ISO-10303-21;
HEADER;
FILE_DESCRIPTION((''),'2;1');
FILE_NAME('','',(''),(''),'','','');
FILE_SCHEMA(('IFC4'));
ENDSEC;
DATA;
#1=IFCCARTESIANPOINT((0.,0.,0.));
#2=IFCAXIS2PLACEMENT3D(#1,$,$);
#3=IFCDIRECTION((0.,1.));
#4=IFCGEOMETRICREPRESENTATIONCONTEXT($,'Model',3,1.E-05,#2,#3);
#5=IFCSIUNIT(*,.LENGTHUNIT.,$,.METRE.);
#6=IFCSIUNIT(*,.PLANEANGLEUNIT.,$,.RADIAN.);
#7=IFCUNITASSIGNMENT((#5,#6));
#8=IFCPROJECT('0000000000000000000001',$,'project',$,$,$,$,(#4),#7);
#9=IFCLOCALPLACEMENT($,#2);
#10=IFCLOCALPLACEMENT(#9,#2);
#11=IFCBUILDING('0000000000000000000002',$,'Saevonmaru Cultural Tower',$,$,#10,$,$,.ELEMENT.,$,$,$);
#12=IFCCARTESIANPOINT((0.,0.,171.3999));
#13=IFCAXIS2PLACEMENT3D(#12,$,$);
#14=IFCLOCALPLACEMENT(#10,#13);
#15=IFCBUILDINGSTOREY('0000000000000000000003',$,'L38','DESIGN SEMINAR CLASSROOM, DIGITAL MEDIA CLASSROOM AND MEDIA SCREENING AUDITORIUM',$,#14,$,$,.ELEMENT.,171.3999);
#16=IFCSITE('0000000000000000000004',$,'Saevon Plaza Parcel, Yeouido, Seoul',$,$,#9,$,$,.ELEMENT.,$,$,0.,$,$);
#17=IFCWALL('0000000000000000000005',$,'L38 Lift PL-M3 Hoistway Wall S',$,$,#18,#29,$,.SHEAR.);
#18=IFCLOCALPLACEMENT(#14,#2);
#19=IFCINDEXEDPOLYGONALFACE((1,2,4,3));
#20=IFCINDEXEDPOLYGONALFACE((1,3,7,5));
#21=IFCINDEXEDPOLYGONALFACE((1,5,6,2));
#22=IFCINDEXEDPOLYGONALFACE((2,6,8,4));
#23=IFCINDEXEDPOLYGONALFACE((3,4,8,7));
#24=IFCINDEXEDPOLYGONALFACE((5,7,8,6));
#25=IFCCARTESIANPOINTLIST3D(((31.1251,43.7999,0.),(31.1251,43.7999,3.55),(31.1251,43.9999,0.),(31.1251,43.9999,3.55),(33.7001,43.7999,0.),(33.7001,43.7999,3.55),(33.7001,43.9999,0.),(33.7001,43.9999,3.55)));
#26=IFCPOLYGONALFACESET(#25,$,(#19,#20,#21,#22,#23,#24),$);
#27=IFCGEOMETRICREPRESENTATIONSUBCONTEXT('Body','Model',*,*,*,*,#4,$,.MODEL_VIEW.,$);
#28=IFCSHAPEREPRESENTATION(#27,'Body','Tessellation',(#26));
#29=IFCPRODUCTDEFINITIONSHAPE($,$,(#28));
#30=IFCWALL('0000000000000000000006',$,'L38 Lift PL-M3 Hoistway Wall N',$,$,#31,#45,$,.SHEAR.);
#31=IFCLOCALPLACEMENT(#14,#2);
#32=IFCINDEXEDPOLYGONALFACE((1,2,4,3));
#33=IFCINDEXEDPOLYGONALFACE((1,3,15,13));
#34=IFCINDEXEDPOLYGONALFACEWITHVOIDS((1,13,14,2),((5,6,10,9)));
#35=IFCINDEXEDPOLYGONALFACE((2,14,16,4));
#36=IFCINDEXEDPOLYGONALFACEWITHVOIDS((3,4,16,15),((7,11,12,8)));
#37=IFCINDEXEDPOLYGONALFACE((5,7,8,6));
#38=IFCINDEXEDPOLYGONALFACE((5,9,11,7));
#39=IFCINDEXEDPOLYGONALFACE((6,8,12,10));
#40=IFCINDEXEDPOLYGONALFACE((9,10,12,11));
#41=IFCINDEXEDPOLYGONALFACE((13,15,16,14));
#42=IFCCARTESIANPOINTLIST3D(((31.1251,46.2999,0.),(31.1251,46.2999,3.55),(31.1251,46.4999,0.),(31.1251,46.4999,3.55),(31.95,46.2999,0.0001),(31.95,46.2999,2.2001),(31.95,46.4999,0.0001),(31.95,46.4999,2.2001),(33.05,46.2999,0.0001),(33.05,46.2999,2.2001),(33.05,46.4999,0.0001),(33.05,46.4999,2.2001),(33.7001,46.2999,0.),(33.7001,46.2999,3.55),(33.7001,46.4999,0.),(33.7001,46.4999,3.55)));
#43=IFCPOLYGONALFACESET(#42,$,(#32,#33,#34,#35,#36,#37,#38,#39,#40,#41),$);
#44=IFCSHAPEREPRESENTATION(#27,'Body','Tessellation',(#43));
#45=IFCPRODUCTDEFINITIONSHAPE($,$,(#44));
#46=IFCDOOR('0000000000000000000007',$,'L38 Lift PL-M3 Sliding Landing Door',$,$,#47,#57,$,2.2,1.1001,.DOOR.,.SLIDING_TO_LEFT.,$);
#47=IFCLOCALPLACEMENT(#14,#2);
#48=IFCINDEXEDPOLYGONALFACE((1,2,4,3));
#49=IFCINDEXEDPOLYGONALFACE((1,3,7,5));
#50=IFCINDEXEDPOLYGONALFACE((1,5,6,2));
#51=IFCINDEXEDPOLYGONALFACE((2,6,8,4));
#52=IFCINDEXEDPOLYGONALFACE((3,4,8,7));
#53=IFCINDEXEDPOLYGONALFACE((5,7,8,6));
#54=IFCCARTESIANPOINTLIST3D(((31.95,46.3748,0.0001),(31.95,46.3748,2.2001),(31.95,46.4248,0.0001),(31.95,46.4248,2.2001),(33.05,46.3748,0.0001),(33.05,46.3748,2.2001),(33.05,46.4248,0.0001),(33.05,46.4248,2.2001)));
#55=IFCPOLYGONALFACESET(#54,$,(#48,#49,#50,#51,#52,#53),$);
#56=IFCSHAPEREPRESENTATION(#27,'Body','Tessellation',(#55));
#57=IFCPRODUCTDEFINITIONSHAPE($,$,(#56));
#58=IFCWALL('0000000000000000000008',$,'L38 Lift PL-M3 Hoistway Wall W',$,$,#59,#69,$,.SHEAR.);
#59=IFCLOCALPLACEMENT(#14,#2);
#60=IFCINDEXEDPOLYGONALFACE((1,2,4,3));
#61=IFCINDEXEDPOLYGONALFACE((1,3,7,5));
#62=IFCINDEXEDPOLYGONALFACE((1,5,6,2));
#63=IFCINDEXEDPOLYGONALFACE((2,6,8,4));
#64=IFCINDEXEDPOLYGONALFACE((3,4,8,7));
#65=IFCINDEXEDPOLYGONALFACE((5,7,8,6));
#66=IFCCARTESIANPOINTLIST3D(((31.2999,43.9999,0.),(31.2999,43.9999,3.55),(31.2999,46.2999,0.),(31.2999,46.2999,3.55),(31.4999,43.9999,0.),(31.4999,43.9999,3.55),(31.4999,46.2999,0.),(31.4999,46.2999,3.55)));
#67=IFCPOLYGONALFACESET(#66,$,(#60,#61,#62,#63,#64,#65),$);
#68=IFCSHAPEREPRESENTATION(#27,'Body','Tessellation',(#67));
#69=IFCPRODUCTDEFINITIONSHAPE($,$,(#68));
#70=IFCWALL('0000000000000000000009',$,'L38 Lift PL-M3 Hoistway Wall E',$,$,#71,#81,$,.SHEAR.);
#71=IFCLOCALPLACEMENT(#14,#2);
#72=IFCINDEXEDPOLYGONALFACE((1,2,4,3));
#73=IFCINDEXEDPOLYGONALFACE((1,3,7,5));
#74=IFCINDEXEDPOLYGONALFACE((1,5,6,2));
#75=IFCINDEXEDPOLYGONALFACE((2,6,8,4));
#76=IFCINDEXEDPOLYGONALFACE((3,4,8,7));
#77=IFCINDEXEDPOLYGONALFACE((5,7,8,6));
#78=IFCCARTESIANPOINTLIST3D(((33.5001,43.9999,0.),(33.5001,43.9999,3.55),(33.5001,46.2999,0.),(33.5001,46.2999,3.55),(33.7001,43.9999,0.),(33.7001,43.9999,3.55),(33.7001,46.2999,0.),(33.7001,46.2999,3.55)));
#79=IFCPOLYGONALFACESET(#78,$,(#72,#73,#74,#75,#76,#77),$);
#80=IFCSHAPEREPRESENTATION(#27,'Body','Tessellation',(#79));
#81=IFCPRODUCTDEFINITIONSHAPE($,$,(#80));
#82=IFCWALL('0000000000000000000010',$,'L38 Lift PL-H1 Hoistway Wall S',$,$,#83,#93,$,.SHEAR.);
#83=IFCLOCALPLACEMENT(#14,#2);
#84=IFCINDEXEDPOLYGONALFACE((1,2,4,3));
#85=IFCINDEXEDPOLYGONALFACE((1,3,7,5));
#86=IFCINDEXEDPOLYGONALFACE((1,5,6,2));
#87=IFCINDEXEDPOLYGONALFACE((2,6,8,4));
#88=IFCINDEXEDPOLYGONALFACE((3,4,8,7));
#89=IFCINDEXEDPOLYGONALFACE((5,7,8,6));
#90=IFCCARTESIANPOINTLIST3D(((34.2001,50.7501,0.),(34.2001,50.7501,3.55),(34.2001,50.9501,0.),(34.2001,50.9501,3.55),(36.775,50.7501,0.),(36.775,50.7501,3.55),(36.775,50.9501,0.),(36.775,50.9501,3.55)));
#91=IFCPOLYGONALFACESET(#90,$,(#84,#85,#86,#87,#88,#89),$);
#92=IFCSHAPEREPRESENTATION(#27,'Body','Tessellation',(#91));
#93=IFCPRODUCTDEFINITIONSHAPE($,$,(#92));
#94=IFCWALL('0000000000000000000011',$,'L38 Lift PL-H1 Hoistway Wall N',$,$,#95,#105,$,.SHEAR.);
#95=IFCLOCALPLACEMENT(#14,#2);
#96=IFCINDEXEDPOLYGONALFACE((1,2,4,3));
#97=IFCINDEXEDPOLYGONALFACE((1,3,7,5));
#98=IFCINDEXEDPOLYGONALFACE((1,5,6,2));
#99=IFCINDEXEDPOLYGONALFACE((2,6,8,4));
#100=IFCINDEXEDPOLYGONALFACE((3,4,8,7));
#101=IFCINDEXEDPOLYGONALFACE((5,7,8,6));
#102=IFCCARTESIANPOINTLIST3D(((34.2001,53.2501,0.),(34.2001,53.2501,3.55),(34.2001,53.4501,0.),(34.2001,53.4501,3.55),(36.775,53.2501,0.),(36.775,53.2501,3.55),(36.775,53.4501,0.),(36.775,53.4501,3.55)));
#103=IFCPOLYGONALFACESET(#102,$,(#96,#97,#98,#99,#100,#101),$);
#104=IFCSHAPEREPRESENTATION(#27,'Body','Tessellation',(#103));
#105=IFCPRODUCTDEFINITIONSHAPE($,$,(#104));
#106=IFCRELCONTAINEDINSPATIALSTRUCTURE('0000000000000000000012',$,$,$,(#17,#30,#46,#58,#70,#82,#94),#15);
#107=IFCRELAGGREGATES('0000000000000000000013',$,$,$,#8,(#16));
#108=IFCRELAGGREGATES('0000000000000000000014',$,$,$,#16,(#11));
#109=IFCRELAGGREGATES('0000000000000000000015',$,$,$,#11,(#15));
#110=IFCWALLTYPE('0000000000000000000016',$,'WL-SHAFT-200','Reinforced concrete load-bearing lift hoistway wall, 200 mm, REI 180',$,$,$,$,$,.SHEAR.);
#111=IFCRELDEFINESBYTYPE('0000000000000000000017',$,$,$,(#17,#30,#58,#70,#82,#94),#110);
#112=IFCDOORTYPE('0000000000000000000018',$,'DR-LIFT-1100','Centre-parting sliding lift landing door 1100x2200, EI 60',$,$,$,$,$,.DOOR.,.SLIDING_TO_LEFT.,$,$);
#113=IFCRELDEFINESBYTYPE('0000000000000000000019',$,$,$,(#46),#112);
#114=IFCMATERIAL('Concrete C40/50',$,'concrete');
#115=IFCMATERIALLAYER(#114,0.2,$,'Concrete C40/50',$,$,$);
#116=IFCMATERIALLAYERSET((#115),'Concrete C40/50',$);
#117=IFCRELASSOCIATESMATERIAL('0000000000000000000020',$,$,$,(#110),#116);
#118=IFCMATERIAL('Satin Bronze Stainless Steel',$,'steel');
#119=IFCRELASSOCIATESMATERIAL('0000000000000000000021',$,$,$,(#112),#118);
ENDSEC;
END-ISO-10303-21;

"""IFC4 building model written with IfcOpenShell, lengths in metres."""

from ifc_helpers import new_model, si_unit, direction, frame, frame_2d, origin, place, context, subcontext, project, spatial, rectangle, extrude, material, layer, layer_set, type_object, element, fill, save


model = new_model("IFC4")

# Units and contexts
model_context = context("Model", 3, precision=1e-05, world=origin(), true_north=direction((0.0, 1.0)))
body_context = subcontext(model_context, "Body", "Model", "MODEL_VIEW")
ifc_project = project(units=[si_unit("LENGTHUNIT", "METRE"), si_unit("PLANEANGLEUNIT", "RADIAN")], contexts=[model_context])

# Site, building, storey
site_placement = place(None, origin())
site = spatial("IfcSite", under=ifc_project, at=site_placement, Name="Saevon Plaza Parcel, Yeouido, Seoul", CompositionType="ELEMENT", RefElevation=0.0)
building_placement = place(site_placement, origin())
building = spatial("IfcBuilding", under=site, at=building_placement, Name="Saevonmaru Cultural Tower", CompositionType="ELEMENT")
storey_placement = place(building_placement, frame((0.0, 0.0, 171.3999)))
storey = spatial("IfcBuildingStorey", under=building, at=storey_placement, Name="L38", Description="DESIGN SEMINAR CLASSROOM, DIGITAL MEDIA CLASSROOM AND MEDIA SCREENING AUDITORIUM", CompositionType="ELEMENT", Elevation=171.3999)

# Shared definitions
ifc_material_1 = material(Name="Concrete C40/50", Category="concrete")
ifc_layer_1 = layer(ifc_material_1, 0.2, Name="Concrete C40/50")
ifc_layer_set_1 = layer_set([ifc_layer_1], Name="Concrete C40/50")
wall_type_1 = type_object("IfcWallType", Name="WL-SHAFT-200", Description="Reinforced concrete load-bearing lift hoistway wall, 200 mm, REI 180", PredefinedType="SHEAR", material=ifc_layer_set_1)

# Shared definitions
ifc_material_2 = material(Name="Satin Bronze Stainless Steel", Category="steel")
door_type_1 = type_object("IfcDoorType", Name="DR-LIFT-1100", Description="Centre-parting sliding lift landing door 1100x2200, EI 60", OperationType="SLIDING_TO_LEFT", PredefinedType="DOOR", material=ifc_material_2)

# Wall
wall_1_placement = place(storey_placement, frame((31.125, 43.8999, 0.0), z_axis=(0.0, 0.0, 1.0), x_axis=(1.0, 0.0, 0.0)))
element("IfcWall", 1, at=wall_1_placement, inside=storey, type_object=wall_type_1, Name="L38 Lift PL-M3 Hoistway Wall S", PredefinedType="SHEAR", context=body_context, shape_type="SweptSolid", body=[
    extrude(rectangle(XDim=2.575, YDim=0.2, at=frame_2d((1.2876, 0.0))), origin(), (0.0, 0.0, 1.0), 3.55),
])

# Wall, opening, door
wall_2_placement = place(storey_placement, frame((31.125, 46.3999, 0.0), z_axis=(0.0, 0.0, 1.0), x_axis=(1.0, 0.0, 0.0)))
wall_2 = element("IfcWall", 2, at=wall_2_placement, inside=storey, type_object=wall_type_1, Name="L38 Lift PL-M3 Hoistway Wall N", PredefinedType="SHEAR", context=body_context, shape_type="SweptSolid", body=[
    extrude(rectangle(XDim=2.575, YDim=0.2, at=frame_2d((1.2876, 0.0))), origin(), (0.0, 0.0, 1.0), 3.55),
])
opening_1_placement = place(wall_2_placement, frame((0.825, 0.0, 0.0)))
opening_1 = element("IfcOpeningElement", 3, at=opening_1_placement, cuts=wall_2, PredefinedType="OPENING", context=body_context, shape_type="SweptSolid", body=[
    extrude(rectangle(XDim=1.1001, YDim=2.2, at=frame_2d((0.55, 1.1001))), frame((0.0, 0.1099, 0.0), z_axis=(0.0, -1.0, 0.0), x_axis=(1.0, 0.0, 0.0)), (0.0, 0.0, 1.0), 0.22),
])
door_1_placement = place(opening_1_placement, origin())
door_1 = element("IfcDoor", 4, at=door_1_placement, inside=storey, type_object=door_type_1, Name="L38 Lift PL-M3 Sliding Landing Door", OperationType="SLIDING_TO_LEFT", OverallHeight=2.2, OverallWidth=1.1001, PredefinedType="DOOR", context=body_context, shape_type="SweptSolid", body=[
    extrude(rectangle(XDim=1.1001, YDim=2.2, at=frame_2d((0.55, 1.1001))), frame((0.0, 0.0249, 0.0), z_axis=(0.0, -1.0, 0.0), x_axis=(1.0, 0.0, 0.0)), (0.0, 0.0, 1.0), 0.05),
])
fill(opening_1, door_1)

# Walls
for number, where, z_axis, x_axis, name in (
    (5, (31.3999, 44.0, 0.0), (0.0, 0.0, 1.0), (0.0, 1.0, 0.0), "L38 Lift PL-M3 Hoistway Wall W"),
    (6, (33.6001, 44.0, 0.0), (0.0, 0.0, 1.0), (0.0, 1.0, 0.0), "L38 Lift PL-M3 Hoistway Wall E"),
):
    element("IfcWall", number, at=place(storey_placement, frame(where, z_axis=z_axis, x_axis=x_axis)), inside=storey, type_object=wall_type_1, Name=name, PredefinedType="SHEAR", context=body_context, shape_type="SweptSolid", body=[
        extrude(rectangle(XDim=2.3, YDim=0.2, at=frame_2d((1.1499, 0.0))), origin(), (0.0, 0.0, 1.0), 3.55),
    ])
for number, where, z_axis, x_axis, name in (
    (7, (34.2, 50.8501, 0.0), (0.0, 0.0, 1.0), (1.0, 0.0, 0.0), "L38 Lift PL-H1 Hoistway Wall S"),
    (8, (34.2, 53.3501, 0.0), (0.0, 0.0, 1.0), (1.0, 0.0, 0.0), "L38 Lift PL-H1 Hoistway Wall N"),
):
    element("IfcWall", number, at=place(storey_placement, frame(where, z_axis=z_axis, x_axis=x_axis)), inside=storey, type_object=wall_type_1, Name=name, PredefinedType="SHEAR", context=body_context, shape_type="SweptSolid", body=[
        extrude(rectangle(XDim=2.575, YDim=0.2, at=frame_2d((1.2876, 0.0))), origin(), (0.0, 0.0, 1.0), 3.55),
    ])

save(model, "model.ifc")
